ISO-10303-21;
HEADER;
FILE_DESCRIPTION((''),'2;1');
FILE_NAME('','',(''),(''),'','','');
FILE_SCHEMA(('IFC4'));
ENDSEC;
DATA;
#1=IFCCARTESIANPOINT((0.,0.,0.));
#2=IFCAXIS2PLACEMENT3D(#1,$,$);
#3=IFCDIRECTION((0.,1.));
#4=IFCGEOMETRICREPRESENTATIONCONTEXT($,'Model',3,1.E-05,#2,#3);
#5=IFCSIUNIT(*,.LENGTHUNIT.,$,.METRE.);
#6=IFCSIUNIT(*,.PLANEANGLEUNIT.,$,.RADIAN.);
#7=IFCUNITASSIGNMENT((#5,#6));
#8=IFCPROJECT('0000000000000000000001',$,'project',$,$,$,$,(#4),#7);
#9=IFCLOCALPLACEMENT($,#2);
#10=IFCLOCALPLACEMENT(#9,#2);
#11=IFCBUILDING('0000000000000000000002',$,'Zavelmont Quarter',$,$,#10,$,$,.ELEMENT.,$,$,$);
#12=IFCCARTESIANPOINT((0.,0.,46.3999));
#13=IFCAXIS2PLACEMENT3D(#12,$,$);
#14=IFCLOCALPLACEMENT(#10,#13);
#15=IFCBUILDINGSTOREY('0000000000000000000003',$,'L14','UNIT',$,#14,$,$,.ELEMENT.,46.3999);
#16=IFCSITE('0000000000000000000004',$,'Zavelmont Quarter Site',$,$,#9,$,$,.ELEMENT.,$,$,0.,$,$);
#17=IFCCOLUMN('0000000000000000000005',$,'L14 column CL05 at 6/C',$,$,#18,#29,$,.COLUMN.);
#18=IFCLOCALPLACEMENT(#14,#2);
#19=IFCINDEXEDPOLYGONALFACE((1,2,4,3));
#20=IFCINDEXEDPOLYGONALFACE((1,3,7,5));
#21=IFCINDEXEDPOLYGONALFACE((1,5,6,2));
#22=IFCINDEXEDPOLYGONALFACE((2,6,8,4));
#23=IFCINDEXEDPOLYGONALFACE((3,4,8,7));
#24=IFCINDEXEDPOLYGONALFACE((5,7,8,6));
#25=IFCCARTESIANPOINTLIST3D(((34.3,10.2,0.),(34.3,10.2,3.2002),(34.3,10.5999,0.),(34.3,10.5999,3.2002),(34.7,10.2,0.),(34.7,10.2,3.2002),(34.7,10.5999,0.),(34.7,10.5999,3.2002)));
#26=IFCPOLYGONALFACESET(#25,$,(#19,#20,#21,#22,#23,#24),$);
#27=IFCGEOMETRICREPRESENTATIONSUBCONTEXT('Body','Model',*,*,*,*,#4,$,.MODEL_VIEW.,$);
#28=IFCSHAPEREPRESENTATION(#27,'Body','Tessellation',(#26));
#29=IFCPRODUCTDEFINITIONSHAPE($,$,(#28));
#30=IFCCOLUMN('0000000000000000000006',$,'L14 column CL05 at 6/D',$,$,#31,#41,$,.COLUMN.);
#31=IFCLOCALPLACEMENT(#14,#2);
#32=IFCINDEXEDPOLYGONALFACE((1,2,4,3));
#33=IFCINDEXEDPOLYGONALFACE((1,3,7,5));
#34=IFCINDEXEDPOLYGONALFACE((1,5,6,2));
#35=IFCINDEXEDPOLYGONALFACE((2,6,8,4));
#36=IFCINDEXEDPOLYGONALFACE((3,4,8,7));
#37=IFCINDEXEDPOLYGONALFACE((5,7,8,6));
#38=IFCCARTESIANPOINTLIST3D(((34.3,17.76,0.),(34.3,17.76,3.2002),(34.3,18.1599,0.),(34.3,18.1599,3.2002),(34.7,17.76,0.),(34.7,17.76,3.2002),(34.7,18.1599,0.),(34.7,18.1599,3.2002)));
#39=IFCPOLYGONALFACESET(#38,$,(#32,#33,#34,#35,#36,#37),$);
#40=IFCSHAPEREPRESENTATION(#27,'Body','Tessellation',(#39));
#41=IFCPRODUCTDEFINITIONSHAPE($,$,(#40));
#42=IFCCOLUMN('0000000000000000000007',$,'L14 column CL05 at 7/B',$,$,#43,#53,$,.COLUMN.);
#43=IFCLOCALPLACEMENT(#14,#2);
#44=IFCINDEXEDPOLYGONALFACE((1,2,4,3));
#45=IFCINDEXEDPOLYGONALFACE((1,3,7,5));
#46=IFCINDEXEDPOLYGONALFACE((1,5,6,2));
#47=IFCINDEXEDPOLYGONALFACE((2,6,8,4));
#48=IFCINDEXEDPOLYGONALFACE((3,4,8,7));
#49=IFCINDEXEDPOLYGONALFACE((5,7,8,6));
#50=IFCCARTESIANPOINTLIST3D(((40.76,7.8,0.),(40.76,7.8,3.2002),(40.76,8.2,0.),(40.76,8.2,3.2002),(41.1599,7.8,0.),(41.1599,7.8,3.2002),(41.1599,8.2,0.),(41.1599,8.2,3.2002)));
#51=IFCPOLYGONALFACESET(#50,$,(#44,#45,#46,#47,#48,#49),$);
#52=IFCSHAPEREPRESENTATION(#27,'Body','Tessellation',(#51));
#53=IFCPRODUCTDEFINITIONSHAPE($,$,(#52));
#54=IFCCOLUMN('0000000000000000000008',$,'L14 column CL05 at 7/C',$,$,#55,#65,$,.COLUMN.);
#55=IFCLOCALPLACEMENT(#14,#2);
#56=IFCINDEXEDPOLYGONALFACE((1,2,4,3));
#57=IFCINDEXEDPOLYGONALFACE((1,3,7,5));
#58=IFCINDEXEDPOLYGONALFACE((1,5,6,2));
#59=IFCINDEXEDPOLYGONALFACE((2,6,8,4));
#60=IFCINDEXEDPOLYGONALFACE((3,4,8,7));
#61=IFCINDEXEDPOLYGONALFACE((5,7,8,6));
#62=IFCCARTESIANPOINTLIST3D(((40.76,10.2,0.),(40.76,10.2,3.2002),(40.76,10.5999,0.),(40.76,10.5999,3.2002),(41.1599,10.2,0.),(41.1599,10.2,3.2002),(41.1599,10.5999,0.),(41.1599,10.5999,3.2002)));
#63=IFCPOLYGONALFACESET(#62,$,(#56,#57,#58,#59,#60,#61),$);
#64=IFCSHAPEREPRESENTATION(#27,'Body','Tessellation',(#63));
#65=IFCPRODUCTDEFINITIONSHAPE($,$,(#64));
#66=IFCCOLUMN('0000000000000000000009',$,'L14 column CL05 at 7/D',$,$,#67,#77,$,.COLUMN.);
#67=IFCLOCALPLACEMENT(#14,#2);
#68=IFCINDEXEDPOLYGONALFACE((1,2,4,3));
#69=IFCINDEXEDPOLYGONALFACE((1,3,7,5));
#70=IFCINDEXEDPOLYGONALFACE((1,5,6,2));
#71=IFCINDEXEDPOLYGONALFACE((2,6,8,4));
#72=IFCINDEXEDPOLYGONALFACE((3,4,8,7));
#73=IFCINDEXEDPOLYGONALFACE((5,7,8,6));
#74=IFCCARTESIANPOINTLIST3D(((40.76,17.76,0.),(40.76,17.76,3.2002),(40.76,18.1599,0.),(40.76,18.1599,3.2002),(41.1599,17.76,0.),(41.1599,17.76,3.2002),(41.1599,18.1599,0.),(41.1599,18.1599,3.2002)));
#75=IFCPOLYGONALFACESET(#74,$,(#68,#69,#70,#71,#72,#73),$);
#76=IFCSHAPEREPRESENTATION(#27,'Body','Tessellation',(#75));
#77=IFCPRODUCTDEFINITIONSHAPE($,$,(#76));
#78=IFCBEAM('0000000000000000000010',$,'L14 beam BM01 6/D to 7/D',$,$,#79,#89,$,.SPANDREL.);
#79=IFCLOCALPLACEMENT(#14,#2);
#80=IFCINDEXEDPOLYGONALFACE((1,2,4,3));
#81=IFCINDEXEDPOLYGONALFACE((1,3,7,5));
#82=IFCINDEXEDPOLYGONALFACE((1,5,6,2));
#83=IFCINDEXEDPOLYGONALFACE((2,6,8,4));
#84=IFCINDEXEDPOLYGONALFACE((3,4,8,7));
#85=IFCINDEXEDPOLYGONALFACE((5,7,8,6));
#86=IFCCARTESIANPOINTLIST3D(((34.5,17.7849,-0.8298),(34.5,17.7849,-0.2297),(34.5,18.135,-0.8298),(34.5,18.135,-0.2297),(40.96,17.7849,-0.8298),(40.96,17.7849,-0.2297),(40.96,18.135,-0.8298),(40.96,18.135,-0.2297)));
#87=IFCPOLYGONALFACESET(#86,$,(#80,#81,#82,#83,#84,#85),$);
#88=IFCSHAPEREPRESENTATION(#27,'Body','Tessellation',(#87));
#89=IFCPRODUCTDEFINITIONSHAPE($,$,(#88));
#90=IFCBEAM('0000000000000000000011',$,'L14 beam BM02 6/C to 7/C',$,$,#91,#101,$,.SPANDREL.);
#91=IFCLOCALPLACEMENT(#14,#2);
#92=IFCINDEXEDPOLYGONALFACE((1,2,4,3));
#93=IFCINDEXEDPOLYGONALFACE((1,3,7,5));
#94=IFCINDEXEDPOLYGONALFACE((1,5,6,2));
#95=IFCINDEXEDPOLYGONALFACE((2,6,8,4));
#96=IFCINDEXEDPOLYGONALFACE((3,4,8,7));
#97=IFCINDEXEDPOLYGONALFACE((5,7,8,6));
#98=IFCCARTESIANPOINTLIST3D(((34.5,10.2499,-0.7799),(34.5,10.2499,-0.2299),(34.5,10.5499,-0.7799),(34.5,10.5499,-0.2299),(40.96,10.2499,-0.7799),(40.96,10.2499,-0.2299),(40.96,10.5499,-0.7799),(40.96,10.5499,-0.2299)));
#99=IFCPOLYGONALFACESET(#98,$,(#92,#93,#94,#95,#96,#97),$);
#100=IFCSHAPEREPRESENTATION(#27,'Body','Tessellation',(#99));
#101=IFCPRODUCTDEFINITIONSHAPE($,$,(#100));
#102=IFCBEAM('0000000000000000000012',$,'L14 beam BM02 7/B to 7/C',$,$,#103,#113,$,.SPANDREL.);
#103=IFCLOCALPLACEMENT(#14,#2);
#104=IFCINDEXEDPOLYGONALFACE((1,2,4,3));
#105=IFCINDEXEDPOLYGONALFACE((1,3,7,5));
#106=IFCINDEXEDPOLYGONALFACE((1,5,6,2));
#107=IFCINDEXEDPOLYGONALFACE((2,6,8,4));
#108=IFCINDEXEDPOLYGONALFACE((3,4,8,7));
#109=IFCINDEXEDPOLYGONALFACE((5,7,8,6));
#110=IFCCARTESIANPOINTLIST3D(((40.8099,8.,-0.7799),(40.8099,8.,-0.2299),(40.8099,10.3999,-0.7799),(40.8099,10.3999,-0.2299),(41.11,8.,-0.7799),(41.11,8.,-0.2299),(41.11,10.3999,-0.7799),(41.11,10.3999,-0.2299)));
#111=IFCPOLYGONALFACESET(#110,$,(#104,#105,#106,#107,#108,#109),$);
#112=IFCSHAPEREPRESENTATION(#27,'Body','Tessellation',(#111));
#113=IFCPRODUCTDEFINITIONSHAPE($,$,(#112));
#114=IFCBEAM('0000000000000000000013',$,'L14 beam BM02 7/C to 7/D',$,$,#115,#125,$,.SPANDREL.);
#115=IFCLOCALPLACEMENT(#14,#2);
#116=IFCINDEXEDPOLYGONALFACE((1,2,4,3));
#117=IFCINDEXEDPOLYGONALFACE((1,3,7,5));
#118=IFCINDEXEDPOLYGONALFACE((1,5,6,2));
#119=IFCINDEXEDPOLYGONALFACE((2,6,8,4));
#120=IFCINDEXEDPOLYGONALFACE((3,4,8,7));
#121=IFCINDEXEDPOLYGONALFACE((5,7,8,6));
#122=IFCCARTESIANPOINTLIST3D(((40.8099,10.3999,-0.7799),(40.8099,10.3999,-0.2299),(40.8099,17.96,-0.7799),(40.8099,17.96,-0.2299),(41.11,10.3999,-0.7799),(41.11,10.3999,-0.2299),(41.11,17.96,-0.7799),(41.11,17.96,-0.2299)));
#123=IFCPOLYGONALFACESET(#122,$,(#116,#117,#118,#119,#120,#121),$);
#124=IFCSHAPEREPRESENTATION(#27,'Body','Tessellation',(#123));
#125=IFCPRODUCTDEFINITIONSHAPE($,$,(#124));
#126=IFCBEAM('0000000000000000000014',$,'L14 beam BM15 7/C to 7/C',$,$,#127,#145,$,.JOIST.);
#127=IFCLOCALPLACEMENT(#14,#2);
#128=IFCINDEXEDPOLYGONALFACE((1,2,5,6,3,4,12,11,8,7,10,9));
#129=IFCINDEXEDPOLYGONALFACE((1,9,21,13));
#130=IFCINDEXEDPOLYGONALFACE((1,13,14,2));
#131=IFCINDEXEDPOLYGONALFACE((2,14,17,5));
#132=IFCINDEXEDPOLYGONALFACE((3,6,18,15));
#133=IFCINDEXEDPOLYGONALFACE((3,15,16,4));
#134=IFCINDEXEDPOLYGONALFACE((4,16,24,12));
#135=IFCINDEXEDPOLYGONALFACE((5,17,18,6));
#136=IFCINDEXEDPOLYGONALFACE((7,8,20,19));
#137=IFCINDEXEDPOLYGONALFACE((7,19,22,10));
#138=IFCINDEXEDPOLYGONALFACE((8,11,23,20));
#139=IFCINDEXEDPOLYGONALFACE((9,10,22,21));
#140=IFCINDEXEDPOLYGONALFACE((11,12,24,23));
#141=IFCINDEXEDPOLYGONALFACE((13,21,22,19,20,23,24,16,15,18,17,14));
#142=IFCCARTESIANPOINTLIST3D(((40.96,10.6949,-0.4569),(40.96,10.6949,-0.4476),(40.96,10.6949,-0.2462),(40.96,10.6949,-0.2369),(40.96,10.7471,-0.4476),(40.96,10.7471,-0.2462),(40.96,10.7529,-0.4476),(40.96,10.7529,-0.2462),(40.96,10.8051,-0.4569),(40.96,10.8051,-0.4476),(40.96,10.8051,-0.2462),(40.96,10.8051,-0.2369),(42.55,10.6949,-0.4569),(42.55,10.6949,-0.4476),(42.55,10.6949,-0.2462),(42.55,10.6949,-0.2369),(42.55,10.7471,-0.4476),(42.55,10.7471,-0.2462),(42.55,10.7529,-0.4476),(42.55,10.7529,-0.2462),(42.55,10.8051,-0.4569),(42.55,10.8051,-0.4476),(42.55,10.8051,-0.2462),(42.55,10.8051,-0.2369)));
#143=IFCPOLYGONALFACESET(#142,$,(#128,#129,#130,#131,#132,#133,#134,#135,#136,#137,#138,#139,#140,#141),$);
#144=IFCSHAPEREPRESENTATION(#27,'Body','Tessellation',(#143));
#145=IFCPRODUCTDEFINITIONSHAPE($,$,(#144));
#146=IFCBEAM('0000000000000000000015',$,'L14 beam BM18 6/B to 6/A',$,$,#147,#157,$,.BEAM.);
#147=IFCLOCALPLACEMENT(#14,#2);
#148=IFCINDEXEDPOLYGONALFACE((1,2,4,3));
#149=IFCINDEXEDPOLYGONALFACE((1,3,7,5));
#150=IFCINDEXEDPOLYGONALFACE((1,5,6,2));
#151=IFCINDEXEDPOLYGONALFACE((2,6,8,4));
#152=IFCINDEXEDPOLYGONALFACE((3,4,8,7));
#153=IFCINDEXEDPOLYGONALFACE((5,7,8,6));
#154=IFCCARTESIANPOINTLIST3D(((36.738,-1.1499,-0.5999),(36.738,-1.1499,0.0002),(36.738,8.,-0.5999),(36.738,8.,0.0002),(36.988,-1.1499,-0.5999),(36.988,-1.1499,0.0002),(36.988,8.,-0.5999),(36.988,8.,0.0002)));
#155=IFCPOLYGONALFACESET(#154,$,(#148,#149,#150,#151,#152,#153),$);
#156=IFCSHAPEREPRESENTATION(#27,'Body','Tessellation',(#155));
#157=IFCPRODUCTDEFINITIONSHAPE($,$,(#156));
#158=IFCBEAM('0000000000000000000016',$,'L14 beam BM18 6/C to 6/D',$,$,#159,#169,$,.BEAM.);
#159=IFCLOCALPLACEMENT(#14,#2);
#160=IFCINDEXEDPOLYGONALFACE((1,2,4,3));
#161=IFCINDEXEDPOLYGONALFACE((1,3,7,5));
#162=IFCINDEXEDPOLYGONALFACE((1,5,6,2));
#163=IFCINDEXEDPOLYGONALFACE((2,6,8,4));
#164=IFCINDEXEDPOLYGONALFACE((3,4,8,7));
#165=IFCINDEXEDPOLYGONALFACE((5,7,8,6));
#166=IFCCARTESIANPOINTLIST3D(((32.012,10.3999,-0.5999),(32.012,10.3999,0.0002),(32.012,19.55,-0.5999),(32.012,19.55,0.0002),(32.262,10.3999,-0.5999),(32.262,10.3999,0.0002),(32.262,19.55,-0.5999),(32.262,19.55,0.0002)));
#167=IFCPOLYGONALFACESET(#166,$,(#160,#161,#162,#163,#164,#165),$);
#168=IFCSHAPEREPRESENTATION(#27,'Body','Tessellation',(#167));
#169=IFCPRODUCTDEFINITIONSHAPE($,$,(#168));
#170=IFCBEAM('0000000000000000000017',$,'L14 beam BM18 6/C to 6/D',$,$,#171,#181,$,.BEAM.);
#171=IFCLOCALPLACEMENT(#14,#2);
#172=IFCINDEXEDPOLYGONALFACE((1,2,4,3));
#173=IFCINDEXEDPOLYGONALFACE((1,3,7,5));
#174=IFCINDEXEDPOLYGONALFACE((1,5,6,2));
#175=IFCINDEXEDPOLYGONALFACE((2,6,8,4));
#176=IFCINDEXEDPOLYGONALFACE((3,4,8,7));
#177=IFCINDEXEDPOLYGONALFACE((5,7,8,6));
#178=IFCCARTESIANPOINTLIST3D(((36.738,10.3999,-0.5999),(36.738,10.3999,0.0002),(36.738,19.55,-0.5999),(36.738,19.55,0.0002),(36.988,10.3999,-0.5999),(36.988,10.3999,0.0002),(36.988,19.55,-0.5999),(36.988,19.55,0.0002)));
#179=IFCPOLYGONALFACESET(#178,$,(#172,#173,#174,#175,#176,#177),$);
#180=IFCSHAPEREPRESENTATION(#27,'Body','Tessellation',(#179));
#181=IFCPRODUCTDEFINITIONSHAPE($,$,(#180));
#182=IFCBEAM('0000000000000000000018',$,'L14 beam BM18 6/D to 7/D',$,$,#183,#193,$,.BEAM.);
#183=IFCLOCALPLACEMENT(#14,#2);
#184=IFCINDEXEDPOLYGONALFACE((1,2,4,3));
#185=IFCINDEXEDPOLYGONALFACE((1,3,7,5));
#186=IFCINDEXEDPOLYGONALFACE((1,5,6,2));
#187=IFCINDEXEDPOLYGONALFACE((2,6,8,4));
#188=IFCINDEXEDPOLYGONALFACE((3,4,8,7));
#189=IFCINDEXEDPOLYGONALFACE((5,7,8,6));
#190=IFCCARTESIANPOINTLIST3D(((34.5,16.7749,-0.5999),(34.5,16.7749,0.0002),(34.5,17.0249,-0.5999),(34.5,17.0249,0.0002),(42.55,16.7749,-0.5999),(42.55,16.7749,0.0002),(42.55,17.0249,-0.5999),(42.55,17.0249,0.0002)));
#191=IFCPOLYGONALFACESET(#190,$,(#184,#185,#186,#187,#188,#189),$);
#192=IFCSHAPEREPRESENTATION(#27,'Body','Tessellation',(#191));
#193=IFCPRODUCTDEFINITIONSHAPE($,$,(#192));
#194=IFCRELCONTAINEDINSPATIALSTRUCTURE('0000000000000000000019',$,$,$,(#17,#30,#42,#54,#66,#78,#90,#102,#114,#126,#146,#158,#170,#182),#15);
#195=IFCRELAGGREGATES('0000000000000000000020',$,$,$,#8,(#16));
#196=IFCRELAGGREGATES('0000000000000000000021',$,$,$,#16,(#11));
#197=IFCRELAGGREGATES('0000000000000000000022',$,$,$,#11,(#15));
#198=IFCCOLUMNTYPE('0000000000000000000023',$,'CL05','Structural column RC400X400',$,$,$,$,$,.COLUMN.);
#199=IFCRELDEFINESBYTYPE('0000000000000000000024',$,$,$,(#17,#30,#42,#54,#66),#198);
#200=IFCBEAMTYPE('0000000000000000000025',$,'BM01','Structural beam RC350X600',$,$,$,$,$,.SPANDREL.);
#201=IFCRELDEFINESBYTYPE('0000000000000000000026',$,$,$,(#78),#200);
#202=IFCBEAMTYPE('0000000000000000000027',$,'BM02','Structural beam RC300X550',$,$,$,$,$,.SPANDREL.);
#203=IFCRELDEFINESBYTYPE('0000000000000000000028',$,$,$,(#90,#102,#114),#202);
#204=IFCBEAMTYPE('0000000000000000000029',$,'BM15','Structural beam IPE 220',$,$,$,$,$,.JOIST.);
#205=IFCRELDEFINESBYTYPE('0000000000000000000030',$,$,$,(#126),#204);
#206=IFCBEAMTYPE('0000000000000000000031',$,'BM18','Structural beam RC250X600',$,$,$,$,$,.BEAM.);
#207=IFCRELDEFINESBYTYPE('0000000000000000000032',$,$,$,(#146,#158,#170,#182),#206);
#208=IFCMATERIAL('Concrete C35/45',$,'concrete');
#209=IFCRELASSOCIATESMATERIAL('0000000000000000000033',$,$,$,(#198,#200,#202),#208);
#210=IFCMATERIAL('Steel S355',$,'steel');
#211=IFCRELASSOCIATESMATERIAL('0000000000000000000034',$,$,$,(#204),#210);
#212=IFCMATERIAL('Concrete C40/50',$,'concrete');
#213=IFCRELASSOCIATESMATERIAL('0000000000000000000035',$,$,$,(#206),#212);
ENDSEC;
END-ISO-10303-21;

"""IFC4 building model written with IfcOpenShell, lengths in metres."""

from ifc_helpers import new_model, si_unit, direction, frame, origin, origin_2d, place, context, subcontext, project, spatial, rectangle, i_section, extrude, material, material_profile, profile_set, type_object, element, save


model = new_model("IFC4")

# Units and contexts
model_context = context("Model", 3, precision=1e-05, world=origin(), true_north=direction((0.0, 1.0)))
body_context = subcontext(model_context, "Body", "Model", "MODEL_VIEW")
ifc_project = project(units=[si_unit("LENGTHUNIT", "METRE"), si_unit("PLANEANGLEUNIT", "RADIAN")], contexts=[model_context])

# Site, building, storey
site_placement = place(None, origin())
site = spatial("IfcSite", under=ifc_project, at=site_placement, Name="Zavelmont Quarter Site", CompositionType="ELEMENT", RefElevation=0.0)
building_placement = place(site_placement, origin())
building = spatial("IfcBuilding", under=site, at=building_placement, Name="Zavelmont Quarter", CompositionType="ELEMENT")
storey_placement = place(building_placement, frame((0.0, 0.0, 46.3999)))
storey = spatial("IfcBuildingStorey", under=building, at=storey_placement, Name="L14", Description="UNIT", CompositionType="ELEMENT", Elevation=46.3999)

# Columns
ifc_material_1 = material(Name="Concrete C35/45", Category="concrete")
ifc_material_profile_1 = material_profile(ifc_material_1, rectangle(XDim=0.3999, YDim=0.3999, at=origin_2d()), Name="RC400X400")
ifc_profile_set_1 = profile_set([ifc_material_profile_1], Name="Concrete C35/45")
column_type = type_object("IfcColumnType", Name="CL05", Description="Structural column RC400X400", PredefinedType="COLUMN", material=ifc_profile_set_1)
for number, where, z_axis, x_axis, name in (
    (1, (34.5, 10.3999, 0.0), (0.0, 0.0, 1.0), (1.0, 0.0, 0.0), "L14 column CL05 at 6/C"),
    (2, (34.5, 17.96, 0.0), (0.0, 0.0, 1.0), (1.0, 0.0, 0.0), "L14 column CL05 at 6/D"),
    (3, (40.96, 8.0, 0.0), (0.0, 0.0, 1.0), (1.0, 0.0, 0.0), "L14 column CL05 at 7/B"),
    (4, (40.96, 10.3999, 0.0), (0.0, 0.0, 1.0), (1.0, 0.0, 0.0), "L14 column CL05 at 7/C"),
    (5, (40.96, 17.96, 0.0), (0.0, 0.0, 1.0), (1.0, 0.0, 0.0), "L14 column CL05 at 7/D"),
):
    element("IfcColumn", number, at=place(storey_placement, frame(where, z_axis=z_axis, x_axis=x_axis)), inside=storey, type_object=column_type, Name=name, PredefinedType="COLUMN", context=body_context, shape_type="SweptSolid", body=[
        extrude(rectangle(XDim=0.3999, YDim=0.3999, at=origin_2d()), origin(), (0.0, 0.0, 1.0), 3.2002),
    ])

# Beams
ifc_material_profile_2 = material_profile(ifc_material_1, rectangle(XDim=0.3501, YDim=0.6001, at=origin_2d()), Name="RC350X600")
ifc_profile_set_2 = profile_set([ifc_material_profile_2], Name="Concrete C35/45")
beam_type_1 = type_object("IfcBeamType", Name="BM01", Description="Structural beam RC350X600", PredefinedType="SPANDREL", material=ifc_profile_set_2)
beam_1_placement = place(storey_placement, frame((34.5, 17.96, -0.5298), z_axis=(1.0, 0.0, 0.0), x_axis=(0.0, 1.0, 0.0)))
element("IfcBeam", 6, at=beam_1_placement, inside=storey, type_object=beam_type_1, Name="L14 beam BM01 6/D to 7/D", PredefinedType="SPANDREL", context=body_context, shape_type="SweptSolid", body=[
    extrude(rectangle(XDim=0.3501, YDim=0.6001, at=origin_2d()), origin(), (0.0, 0.0, 1.0), 6.46),
])
ifc_material_profile_3 = material_profile(ifc_material_1, rectangle(XDim=0.3, YDim=0.55, at=origin_2d()), Name="RC300X550")
ifc_profile_set_3 = profile_set([ifc_material_profile_3], Name="Concrete C35/45")
beam_type_2 = type_object("IfcBeamType", Name="BM02", Description="Structural beam RC300X550", PredefinedType="SPANDREL", material=ifc_profile_set_3)
beam_2_placement = place(storey_placement, frame((34.5, 10.3999, -0.5049), z_axis=(1.0, 0.0, 0.0), x_axis=(0.0, 1.0, 0.0)))
element("IfcBeam", 7, at=beam_2_placement, inside=storey, type_object=beam_type_2, Name="L14 beam BM02 6/C to 7/C", PredefinedType="SPANDREL", context=body_context, shape_type="SweptSolid", body=[
    extrude(rectangle(XDim=0.3, YDim=0.55, at=origin_2d()), origin(), (0.0, 0.0, 1.0), 6.46),
])
beam_3_placement = place(storey_placement, frame((40.96, 8.0, -0.5049), z_axis=(0.0, 1.0, 0.0), x_axis=(-1.0, 0.0, 0.0)))
element("IfcBeam", 8, at=beam_3_placement, inside=storey, type_object=beam_type_2, Name="L14 beam BM02 7/B to 7/C", PredefinedType="SPANDREL", context=body_context, shape_type="SweptSolid", body=[
    extrude(rectangle(XDim=0.3, YDim=0.55, at=origin_2d()), origin(), (0.0, 0.0, 1.0), 2.3999),
])
beam_4_placement = place(storey_placement, frame((40.96, 10.3999, -0.5049), z_axis=(0.0, 1.0, 0.0), x_axis=(-1.0, 0.0, 0.0)))
element("IfcBeam", 9, at=beam_4_placement, inside=storey, type_object=beam_type_2, Name="L14 beam BM02 7/C to 7/D", PredefinedType="SPANDREL", context=body_context, shape_type="SweptSolid", body=[
    extrude(rectangle(XDim=0.3, YDim=0.55, at=origin_2d()), origin(), (0.0, 0.0, 1.0), 7.5601),
])
ifc_material_2 = material(Name="Steel S355", Category="steel")
ifc_material_profile_4 = material_profile(ifc_material_2, i_section(OverallWidth=0.1101, OverallDepth=0.22, WebThickness=0.0059, FlangeThickness=0.0093, at=origin_2d()), Name="IPE 220")
ifc_profile_set_4 = profile_set([ifc_material_profile_4], Name="Steel S355")
beam_type_3 = type_object("IfcBeamType", Name="BM15", Description="Structural beam IPE 220", PredefinedType="JOIST", material=ifc_profile_set_4)
beam_5_placement = place(storey_placement, frame((40.96, 10.75, -0.3469), z_axis=(1.0, 0.0, 0.0), x_axis=(0.0, 1.0, 0.0)))
element("IfcBeam", 10, at=beam_5_placement, inside=storey, type_object=beam_type_3, Name="L14 beam BM15 7/C to 7/C", PredefinedType="JOIST", context=body_context, shape_type="SweptSolid", body=[
    extrude(i_section(OverallWidth=0.1101, OverallDepth=0.22, WebThickness=0.0059, FlangeThickness=0.0093, at=origin_2d()), origin(), (0.0, 0.0, 1.0), 1.5901),
])
ifc_material_3 = material(Name="Concrete C40/50", Category="concrete")
ifc_material_profile_5 = material_profile(ifc_material_3, rectangle(XDim=0.25, YDim=0.6001, at=origin_2d()), Name="RC250X600")
ifc_profile_set_5 = profile_set([ifc_material_profile_5], Name="Concrete C40/50")
beam_type_4 = type_object("IfcBeamType", Name="BM18", Description="Structural beam RC250X600", PredefinedType="BEAM", material=ifc_profile_set_5)
beam_6_placement = place(storey_placement, frame((36.863, 8.0, -0.2998), z_axis=(0.0, -1.0, 0.0), x_axis=(1.0, 0.0, 0.0)))
element("IfcBeam", 11, at=beam_6_placement, inside=storey, type_object=beam_type_4, Name="L14 beam BM18 6/B to 6/A", PredefinedType="BEAM", context=body_context, shape_type="SweptSolid", body=[
    extrude(rectangle(XDim=0.25, YDim=0.6001, at=origin_2d()), origin(), (0.0, 0.0, 1.0), 9.1499),
])
for number, where, z_axis, x_axis, name in (
    (12, (32.137, 10.3999, -0.2998), (0.0, 1.0, 0.0), (-1.0, 0.0, 0.0), "L14 beam BM18 6/C to 6/D"),
    (13, (36.863, 10.3999, -0.2998), (0.0, 1.0, 0.0), (-1.0, 0.0, 0.0), "L14 beam BM18 6/C to 6/D"),
):
    element("IfcBeam", number, at=place(storey_placement, frame(where, z_axis=z_axis, x_axis=x_axis)), inside=storey, type_object=beam_type_4, Name=name, PredefinedType="BEAM", context=body_context, shape_type="SweptSolid", body=[
        extrude(rectangle(XDim=0.25, YDim=0.6001, at=origin_2d()), origin(), (0.0, 0.0, 1.0), 9.1501),
    ])
beam_7_placement = place(storey_placement, frame((34.5, 16.8999, -0.2998), z_axis=(1.0, 0.0, 0.0), x_axis=(0.0, 1.0, 0.0)))
element("IfcBeam", 14, at=beam_7_placement, inside=storey, type_object=beam_type_4, Name="L14 beam BM18 6/D to 7/D", PredefinedType="BEAM", context=body_context, shape_type="SweptSolid", body=[
    extrude(rectangle(XDim=0.25, YDim=0.6001, at=origin_2d()), origin(), (0.0, 0.0, 1.0), 8.05),
])

save(model, "model.ifc")
